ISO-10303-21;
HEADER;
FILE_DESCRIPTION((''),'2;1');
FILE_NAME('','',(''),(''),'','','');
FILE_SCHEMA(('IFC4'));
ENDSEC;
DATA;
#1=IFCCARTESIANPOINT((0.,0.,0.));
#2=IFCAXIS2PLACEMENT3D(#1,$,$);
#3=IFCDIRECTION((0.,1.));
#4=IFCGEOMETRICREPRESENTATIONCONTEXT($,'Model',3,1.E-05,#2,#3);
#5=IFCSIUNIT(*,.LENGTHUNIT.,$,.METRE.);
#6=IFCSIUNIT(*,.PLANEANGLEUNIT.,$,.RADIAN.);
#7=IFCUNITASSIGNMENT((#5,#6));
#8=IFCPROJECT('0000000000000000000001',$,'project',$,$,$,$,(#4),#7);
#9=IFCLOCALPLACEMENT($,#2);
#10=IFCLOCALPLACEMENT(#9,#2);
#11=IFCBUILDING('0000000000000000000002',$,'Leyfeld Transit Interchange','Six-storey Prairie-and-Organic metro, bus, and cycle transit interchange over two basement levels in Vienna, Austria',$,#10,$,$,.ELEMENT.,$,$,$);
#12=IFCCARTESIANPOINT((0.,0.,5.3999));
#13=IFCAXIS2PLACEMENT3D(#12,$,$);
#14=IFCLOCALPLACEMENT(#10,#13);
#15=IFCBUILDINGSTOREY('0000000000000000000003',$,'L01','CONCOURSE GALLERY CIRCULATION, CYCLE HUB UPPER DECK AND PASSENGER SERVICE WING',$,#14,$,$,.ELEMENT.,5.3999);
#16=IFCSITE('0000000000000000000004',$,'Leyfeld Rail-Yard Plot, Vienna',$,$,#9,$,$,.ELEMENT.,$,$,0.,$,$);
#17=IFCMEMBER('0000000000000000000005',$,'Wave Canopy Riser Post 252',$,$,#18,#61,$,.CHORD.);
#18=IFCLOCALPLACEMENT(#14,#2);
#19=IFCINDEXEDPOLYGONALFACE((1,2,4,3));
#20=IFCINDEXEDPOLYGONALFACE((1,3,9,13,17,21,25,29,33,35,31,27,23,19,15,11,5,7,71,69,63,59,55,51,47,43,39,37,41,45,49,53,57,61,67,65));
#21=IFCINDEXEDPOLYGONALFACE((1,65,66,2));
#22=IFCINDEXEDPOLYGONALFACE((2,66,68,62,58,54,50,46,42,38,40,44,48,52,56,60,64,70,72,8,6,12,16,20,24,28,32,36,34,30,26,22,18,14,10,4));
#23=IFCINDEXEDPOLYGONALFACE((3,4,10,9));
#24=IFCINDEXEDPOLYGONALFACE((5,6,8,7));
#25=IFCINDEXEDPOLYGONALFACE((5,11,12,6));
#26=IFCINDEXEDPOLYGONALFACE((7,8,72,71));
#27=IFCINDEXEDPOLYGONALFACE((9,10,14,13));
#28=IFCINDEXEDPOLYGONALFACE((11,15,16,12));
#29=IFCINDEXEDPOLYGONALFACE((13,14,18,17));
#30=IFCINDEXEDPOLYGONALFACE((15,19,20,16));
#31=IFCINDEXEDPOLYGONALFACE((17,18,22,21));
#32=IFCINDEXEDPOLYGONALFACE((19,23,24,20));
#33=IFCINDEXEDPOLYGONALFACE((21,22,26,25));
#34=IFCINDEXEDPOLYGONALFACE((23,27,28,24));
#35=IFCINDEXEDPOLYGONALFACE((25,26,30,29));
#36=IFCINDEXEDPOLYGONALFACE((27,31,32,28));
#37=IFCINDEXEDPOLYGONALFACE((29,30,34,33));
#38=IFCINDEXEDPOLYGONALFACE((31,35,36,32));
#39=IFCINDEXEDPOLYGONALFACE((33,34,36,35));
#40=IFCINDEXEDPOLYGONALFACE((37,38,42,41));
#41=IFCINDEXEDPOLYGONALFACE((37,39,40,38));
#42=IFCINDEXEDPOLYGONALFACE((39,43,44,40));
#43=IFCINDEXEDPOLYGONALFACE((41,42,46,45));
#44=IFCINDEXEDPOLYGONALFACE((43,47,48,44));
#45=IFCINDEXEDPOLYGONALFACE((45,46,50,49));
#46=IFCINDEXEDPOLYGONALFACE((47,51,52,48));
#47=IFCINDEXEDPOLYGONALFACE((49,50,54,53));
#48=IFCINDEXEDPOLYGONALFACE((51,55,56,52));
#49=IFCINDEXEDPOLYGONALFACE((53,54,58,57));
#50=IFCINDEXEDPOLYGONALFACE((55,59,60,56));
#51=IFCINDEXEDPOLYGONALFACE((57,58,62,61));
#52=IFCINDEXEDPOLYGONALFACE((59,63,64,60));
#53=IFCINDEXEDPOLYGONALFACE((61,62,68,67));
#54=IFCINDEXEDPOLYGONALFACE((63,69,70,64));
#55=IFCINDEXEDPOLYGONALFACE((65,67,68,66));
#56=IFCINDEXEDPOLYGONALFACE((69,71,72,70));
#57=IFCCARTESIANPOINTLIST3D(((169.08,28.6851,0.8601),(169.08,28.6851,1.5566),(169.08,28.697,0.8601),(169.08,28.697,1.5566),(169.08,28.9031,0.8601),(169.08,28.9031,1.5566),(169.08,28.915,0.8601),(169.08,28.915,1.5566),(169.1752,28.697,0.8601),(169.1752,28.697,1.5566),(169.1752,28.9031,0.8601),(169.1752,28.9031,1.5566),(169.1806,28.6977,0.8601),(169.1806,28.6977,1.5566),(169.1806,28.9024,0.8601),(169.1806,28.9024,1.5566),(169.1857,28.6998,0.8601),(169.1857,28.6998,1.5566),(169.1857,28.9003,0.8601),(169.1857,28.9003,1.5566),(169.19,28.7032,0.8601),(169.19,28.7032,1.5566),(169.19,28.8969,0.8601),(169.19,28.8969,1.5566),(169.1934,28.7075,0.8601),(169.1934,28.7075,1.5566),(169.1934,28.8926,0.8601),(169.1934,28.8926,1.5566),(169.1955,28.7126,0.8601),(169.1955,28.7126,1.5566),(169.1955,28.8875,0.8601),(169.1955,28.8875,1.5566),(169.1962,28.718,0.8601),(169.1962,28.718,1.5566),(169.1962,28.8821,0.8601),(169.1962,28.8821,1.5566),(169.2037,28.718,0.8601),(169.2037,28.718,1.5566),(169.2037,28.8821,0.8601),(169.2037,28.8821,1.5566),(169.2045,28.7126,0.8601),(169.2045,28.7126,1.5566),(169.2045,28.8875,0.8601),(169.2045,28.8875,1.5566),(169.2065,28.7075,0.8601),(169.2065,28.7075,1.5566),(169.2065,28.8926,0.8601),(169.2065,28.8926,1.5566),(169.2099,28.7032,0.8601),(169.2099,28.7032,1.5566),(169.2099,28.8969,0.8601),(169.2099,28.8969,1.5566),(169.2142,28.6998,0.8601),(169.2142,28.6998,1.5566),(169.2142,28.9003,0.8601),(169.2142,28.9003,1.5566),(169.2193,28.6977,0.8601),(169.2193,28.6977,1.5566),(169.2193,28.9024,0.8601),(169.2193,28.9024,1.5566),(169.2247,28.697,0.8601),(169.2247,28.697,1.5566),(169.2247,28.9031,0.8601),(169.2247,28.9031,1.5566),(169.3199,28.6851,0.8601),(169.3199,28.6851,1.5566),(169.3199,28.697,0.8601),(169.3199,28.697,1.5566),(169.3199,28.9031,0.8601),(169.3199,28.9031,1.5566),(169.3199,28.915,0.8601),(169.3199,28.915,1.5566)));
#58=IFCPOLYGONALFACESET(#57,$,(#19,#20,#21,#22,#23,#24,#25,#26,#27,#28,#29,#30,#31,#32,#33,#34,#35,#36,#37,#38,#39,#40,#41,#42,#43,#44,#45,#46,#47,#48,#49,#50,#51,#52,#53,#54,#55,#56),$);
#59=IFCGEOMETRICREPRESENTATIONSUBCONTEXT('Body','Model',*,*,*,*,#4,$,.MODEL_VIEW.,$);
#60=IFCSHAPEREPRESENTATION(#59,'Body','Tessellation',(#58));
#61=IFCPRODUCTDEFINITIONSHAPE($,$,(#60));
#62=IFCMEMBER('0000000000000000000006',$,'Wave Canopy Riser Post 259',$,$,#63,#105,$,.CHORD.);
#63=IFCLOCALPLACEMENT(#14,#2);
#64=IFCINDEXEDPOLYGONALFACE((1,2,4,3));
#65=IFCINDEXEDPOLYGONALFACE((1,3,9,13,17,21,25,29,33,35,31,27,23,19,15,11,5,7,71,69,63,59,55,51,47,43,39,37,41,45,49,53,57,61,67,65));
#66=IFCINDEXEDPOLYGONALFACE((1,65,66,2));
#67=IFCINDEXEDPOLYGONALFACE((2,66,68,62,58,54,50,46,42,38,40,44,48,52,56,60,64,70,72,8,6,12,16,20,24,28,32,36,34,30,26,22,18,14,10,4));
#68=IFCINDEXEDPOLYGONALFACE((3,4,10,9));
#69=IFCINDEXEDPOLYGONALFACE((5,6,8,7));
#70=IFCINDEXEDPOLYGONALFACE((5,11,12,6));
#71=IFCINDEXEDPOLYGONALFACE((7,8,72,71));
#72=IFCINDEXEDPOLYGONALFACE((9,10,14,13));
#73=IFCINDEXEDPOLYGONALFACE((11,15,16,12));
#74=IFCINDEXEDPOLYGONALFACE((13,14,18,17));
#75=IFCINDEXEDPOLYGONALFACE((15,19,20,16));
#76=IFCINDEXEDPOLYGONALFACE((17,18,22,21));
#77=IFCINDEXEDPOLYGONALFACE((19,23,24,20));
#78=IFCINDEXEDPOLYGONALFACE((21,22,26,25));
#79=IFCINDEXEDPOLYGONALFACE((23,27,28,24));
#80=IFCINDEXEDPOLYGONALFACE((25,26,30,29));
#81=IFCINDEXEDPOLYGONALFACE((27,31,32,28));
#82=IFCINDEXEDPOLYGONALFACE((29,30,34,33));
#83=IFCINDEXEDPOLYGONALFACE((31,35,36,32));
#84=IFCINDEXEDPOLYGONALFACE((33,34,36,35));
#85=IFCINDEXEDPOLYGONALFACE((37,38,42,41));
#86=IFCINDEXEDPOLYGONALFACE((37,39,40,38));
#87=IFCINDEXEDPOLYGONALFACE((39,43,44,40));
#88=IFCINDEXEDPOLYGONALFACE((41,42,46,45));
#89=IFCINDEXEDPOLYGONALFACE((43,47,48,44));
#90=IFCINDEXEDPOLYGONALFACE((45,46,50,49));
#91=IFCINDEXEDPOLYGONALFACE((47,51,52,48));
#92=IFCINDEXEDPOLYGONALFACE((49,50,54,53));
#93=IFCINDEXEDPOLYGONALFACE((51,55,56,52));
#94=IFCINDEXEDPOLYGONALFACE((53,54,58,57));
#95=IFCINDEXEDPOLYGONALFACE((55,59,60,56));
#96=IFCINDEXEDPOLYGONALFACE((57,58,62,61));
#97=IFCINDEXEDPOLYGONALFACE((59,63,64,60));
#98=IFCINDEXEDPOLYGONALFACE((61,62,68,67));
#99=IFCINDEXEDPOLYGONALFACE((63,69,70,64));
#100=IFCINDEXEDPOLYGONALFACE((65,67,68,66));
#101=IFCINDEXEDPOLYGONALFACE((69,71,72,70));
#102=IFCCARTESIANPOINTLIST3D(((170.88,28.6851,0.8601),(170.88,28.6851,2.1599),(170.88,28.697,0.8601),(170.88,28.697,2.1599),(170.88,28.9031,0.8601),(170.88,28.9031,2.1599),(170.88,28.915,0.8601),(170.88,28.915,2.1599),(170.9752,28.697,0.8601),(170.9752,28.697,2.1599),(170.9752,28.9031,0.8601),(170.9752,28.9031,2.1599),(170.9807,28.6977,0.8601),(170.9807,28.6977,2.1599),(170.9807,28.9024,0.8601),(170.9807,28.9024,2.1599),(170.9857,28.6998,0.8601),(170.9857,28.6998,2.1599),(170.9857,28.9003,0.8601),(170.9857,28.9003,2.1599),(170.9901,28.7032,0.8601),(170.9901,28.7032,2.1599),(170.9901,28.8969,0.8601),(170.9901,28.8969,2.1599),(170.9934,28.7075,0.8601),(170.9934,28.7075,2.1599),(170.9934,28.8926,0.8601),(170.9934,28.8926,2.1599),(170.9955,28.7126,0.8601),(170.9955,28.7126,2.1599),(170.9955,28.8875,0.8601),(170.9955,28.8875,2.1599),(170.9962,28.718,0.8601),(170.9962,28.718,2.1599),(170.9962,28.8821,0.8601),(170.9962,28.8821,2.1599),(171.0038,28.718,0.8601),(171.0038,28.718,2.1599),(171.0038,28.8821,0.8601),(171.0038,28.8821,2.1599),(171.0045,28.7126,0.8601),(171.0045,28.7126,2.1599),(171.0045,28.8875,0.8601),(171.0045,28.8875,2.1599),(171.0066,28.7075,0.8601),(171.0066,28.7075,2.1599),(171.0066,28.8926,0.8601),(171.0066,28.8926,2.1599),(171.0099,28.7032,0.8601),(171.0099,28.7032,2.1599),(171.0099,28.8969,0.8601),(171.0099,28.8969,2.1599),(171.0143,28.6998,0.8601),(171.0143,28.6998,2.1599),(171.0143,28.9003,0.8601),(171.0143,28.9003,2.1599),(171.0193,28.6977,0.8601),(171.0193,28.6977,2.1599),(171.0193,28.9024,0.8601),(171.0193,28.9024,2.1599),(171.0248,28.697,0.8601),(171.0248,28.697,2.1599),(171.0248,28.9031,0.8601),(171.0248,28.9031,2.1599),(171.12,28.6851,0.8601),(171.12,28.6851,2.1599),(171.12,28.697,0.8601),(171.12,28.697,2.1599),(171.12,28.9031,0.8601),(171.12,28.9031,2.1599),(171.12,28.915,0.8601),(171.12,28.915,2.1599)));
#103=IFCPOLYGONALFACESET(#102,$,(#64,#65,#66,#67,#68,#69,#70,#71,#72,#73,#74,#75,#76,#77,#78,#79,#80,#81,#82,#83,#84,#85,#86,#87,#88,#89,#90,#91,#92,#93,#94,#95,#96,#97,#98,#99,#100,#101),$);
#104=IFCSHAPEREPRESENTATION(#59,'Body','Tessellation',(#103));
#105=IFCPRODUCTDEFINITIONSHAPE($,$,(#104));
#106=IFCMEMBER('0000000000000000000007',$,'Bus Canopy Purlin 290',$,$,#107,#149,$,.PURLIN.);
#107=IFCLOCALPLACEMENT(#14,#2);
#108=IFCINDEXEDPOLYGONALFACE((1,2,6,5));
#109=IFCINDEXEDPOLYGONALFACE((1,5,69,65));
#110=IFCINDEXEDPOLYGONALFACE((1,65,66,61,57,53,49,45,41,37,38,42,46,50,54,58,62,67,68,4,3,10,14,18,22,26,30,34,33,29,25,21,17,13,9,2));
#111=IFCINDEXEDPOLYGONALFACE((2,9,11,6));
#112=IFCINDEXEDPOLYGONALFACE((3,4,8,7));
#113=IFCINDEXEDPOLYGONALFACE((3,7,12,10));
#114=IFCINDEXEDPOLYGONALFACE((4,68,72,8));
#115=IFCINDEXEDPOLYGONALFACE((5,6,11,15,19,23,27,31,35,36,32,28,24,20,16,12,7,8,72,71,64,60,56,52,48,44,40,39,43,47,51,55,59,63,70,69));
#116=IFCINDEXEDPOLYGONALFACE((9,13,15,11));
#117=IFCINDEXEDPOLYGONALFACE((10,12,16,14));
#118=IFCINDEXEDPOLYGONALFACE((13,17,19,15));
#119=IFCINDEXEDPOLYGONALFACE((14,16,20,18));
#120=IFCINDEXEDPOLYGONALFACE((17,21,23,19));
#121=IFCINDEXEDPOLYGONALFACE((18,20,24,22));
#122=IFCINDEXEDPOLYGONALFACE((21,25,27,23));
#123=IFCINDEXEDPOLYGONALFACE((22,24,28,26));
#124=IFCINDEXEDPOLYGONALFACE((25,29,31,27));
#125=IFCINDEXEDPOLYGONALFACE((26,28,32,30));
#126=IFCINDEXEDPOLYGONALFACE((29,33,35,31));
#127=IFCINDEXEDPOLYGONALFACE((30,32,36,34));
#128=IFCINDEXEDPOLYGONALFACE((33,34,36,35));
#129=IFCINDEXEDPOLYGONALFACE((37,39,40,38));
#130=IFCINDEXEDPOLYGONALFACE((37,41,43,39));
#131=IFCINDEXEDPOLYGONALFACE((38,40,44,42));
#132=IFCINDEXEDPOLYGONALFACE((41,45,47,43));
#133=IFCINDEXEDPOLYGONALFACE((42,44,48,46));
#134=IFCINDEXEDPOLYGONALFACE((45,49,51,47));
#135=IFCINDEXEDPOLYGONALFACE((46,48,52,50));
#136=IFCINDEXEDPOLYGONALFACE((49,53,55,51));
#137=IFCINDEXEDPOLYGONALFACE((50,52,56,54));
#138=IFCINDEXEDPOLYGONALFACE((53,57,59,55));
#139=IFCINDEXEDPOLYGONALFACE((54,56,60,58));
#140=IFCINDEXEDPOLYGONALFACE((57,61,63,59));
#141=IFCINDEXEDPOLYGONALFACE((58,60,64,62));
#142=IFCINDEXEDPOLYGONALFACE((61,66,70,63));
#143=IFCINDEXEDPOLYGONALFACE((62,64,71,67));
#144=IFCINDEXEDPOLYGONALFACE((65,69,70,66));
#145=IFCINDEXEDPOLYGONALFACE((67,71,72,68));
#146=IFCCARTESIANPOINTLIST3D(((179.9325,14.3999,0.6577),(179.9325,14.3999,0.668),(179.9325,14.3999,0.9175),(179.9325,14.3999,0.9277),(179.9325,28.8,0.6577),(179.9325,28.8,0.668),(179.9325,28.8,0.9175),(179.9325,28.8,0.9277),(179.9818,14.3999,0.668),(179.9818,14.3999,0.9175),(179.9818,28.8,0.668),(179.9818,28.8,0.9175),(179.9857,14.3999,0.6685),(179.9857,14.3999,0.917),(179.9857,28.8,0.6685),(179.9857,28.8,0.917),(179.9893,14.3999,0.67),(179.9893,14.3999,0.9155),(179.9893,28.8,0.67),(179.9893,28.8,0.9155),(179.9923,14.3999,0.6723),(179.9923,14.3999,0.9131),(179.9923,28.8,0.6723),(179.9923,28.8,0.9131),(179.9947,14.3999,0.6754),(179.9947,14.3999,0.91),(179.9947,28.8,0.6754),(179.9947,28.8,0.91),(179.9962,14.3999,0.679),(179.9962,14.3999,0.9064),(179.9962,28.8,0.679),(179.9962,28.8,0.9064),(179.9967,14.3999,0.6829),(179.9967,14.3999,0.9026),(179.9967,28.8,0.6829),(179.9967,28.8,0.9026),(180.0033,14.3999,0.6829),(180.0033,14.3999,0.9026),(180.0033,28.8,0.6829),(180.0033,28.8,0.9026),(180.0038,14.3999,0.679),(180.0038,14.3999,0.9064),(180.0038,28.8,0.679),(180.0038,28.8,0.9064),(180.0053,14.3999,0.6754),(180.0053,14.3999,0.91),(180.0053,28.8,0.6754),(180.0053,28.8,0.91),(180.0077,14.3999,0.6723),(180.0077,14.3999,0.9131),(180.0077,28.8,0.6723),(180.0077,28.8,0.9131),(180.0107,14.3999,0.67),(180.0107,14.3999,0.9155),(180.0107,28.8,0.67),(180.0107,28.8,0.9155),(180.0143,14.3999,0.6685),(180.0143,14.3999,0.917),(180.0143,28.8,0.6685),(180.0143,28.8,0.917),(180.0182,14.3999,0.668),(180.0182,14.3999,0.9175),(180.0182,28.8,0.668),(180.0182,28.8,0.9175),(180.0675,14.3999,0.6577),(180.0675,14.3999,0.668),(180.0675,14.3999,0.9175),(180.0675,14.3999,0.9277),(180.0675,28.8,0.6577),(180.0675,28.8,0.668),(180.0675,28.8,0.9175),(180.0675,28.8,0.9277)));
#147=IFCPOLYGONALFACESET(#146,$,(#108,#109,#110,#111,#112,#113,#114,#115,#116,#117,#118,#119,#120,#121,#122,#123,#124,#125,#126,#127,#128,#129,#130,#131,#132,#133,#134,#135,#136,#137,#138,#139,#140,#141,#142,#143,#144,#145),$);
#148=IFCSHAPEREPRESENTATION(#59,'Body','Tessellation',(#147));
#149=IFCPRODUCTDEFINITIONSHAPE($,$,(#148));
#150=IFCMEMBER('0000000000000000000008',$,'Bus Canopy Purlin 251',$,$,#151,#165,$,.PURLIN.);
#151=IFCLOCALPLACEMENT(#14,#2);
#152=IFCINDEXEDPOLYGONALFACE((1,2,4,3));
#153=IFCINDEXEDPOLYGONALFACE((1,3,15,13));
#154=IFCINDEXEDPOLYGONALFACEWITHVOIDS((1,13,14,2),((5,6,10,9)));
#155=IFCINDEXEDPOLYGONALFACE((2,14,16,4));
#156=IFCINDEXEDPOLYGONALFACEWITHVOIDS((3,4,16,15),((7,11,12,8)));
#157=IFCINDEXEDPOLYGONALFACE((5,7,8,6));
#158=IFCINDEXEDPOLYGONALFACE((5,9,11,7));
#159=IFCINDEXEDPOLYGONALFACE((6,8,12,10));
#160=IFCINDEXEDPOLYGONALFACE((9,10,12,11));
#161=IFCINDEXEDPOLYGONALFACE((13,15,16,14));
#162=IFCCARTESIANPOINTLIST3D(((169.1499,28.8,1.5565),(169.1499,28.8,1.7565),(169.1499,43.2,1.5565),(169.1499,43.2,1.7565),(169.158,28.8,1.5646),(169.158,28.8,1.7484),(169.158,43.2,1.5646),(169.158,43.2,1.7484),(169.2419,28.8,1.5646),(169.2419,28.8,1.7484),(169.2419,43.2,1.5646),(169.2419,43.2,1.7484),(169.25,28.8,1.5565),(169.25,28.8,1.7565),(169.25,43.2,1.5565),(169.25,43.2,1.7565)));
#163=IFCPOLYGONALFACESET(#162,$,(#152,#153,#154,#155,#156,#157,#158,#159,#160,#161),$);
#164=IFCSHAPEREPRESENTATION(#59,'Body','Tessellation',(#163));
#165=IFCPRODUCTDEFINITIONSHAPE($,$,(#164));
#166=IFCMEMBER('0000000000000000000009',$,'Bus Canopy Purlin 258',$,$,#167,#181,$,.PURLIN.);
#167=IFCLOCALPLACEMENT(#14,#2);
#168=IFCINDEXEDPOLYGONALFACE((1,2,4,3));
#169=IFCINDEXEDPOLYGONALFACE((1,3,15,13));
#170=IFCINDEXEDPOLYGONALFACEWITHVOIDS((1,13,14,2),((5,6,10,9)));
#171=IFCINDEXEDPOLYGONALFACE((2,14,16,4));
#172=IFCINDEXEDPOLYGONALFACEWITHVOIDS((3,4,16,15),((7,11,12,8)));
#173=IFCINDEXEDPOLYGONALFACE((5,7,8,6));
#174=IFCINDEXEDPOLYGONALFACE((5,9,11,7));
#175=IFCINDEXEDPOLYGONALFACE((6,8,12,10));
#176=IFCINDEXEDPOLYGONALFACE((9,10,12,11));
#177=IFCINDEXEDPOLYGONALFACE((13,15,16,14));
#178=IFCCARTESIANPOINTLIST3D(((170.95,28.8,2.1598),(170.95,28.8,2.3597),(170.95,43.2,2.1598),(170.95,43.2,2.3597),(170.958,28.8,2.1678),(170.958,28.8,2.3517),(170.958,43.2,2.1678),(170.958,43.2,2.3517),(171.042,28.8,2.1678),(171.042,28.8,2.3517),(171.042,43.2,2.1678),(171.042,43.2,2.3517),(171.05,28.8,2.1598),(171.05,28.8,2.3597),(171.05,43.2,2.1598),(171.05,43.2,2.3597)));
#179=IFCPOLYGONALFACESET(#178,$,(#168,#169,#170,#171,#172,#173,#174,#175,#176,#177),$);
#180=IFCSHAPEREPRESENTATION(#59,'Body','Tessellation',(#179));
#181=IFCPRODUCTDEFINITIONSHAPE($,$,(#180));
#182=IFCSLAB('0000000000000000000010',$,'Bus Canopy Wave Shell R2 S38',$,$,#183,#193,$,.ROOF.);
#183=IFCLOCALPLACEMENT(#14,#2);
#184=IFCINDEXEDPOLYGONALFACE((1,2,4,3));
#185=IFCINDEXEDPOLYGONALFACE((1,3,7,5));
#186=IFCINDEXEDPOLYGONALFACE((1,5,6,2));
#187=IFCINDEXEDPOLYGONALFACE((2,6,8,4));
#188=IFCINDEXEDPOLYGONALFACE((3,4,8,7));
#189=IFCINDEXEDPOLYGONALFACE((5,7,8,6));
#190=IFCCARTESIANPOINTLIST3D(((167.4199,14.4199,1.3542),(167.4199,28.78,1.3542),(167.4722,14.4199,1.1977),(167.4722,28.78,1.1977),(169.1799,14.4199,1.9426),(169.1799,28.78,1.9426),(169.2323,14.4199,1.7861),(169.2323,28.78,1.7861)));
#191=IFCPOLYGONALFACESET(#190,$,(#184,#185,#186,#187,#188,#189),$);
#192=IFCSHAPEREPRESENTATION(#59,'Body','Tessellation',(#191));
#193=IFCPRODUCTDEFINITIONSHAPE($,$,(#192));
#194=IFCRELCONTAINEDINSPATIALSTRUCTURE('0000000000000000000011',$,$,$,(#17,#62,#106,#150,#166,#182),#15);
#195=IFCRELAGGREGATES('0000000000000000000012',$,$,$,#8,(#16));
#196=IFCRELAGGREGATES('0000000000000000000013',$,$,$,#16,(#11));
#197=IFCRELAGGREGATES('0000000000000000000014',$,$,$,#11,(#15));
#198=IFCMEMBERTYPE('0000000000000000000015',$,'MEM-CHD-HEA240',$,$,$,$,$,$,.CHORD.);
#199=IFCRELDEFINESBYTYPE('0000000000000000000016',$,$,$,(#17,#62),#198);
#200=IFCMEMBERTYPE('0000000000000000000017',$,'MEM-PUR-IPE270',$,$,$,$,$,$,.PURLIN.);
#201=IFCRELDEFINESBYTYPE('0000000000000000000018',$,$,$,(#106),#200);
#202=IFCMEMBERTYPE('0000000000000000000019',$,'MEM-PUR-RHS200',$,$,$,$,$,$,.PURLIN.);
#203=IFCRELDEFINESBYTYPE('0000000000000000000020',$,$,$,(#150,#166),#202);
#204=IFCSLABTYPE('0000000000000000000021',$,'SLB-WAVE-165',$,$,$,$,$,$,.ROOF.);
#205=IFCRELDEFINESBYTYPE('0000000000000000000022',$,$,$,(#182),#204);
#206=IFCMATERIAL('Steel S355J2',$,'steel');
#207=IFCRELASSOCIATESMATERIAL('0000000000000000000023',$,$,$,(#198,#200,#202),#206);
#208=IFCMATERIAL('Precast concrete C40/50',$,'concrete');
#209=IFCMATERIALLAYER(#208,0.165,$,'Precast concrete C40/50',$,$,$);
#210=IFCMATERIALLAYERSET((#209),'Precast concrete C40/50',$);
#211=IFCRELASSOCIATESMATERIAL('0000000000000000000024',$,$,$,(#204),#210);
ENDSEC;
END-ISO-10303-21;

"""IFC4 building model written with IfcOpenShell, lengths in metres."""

from ifc_helpers import new_model, si_unit, direction, frame, origin, origin_2d, place, context, subcontext, project, spatial, polyline, hollow_rectangle, i_section, outline, extrude, material, layer, layer_set, material_profile, profile_set, type_object, element, save


model = new_model("IFC4")

# Units and contexts
model_context = context("Model", 3, precision=1e-05, world=origin(), true_north=direction((0.0, 1.0)))
body_context = subcontext(model_context, "Body", "Model", "MODEL_VIEW")
ifc_project = project(units=[si_unit("LENGTHUNIT", "METRE"), si_unit("PLANEANGLEUNIT", "RADIAN")], contexts=[model_context])

# Site, building, storey
site_placement = place(None, origin())
site = spatial("IfcSite", under=ifc_project, at=site_placement, Name="Leyfeld Rail-Yard Plot, Vienna", CompositionType="ELEMENT", RefElevation=0.0)
building_placement = place(site_placement, origin())
building = spatial("IfcBuilding", under=site, at=building_placement, Name="Leyfeld Transit Interchange", Description="Six-storey Prairie-and-Organic metro, bus, and cycle transit interchange over two basement levels in Vienna, Austria", CompositionType="ELEMENT")
storey_placement = place(building_placement, frame((0.0, 0.0, 5.3999)))
storey = spatial("IfcBuildingStorey", under=building, at=storey_placement, Name="L01", Description="CONCOURSE GALLERY CIRCULATION, CYCLE HUB UPPER DECK AND PASSENGER SERVICE WING", CompositionType="ELEMENT", Elevation=5.3999)

# Members
ifc_material_1 = material(Name="Steel S355J2", Category="steel")
ifc_material_profile_1 = material_profile(ifc_material_1, i_section(OverallWidth=0.24, OverallDepth=0.23, WebThickness=0.0076, FlangeThickness=0.012, FilletRadius=0.021, at=origin_2d()), Name="HEA 240")
ifc_profile_set_1 = profile_set([ifc_material_profile_1], Name="Steel S355J2")
member_type_1 = type_object("IfcMemberType", Name="MEM-CHD-HEA240", PredefinedType="CHORD", material=ifc_profile_set_1)
member_1_placement = place(storey_placement, frame((169.2, 28.8, 0.8601), z_axis=(0.0, 0.0, 1.0), x_axis=(1.0, 0.0, 0.0)))
element("IfcMember", 1, at=member_1_placement, inside=storey, type_object=member_type_1, Name="Wave Canopy Riser Post 252", PredefinedType="CHORD", context=body_context, shape_type="SweptSolid", body=[
    extrude(i_section(OverallWidth=0.24, OverallDepth=0.23, WebThickness=0.0076, FlangeThickness=0.012, FilletRadius=0.021, at=origin_2d()), origin(), (0.0, 0.0, 1.0), 0.6965),
])
member_2_placement = place(storey_placement, frame((171.0, 28.8, 0.8601), z_axis=(0.0, 0.0, 1.0), x_axis=(1.0, 0.0, 0.0)))
element("IfcMember", 2, at=member_2_placement, inside=storey, type_object=member_type_1, Name="Wave Canopy Riser Post 259", PredefinedType="CHORD", context=body_context, shape_type="SweptSolid", body=[
    extrude(i_section(OverallWidth=0.24, OverallDepth=0.23, WebThickness=0.0076, FlangeThickness=0.012, FilletRadius=0.021, at=origin_2d()), origin(), (0.0, 0.0, 1.0), 1.2998),
])
ifc_material_profile_2 = material_profile(ifc_material_1, i_section(OverallWidth=0.135, OverallDepth=0.27, WebThickness=0.0066, FlangeThickness=0.0103, FilletRadius=0.0149, at=origin_2d()), Name="IPE 270")
ifc_profile_set_2 = profile_set([ifc_material_profile_2], Name="Steel S355J2")
member_type_2 = type_object("IfcMemberType", Name="MEM-PUR-IPE270", PredefinedType="PURLIN", material=ifc_profile_set_2)
member_3_placement = place(storey_placement, frame((180.0, 14.3999, 0.7927), z_axis=(0.0, 1.0, 0.0), x_axis=(-1.0, 0.0, 0.0)))
element("IfcMember", 3, at=member_3_placement, inside=storey, type_object=member_type_2, Name="Bus Canopy Purlin 290", PredefinedType="PURLIN", context=body_context, shape_type="SweptSolid", body=[
    extrude(i_section(OverallWidth=0.135, OverallDepth=0.27, WebThickness=0.0066, FlangeThickness=0.0103, FilletRadius=0.0149, at=origin_2d()), origin(), (0.0, 0.0, 1.0), 14.4001),
])
ifc_material_profile_3 = material_profile(ifc_material_1, hollow_rectangle(XDim=0.1001, YDim=0.2, WallThickness=0.0081, at=origin_2d()), Name="RHS 200x100x8")
ifc_profile_set_3 = profile_set([ifc_material_profile_3], Name="Steel S355J2")
member_type_3 = type_object("IfcMemberType", Name="MEM-PUR-RHS200", PredefinedType="PURLIN", material=ifc_profile_set_3)
for number, where, z_axis, x_axis, name in (
    (4, (169.2, 28.8, 1.6565), (0.0, 1.0, 0.0), (-1.0, 0.0, 0.0), "Bus Canopy Purlin 251"),
    (5, (171.0, 28.8, 2.2598), (0.0, 1.0, 0.0), (-1.0, 0.0, 0.0), "Bus Canopy Purlin 258"),
):
    element("IfcMember", number, at=place(storey_placement, frame(where, z_axis=z_axis, x_axis=x_axis)), inside=storey, type_object=member_type_3, Name=name, PredefinedType="PURLIN", context=body_context, shape_type="SweptSolid", body=[
        extrude(hollow_rectangle(XDim=0.1001, YDim=0.2, WallThickness=0.0081, at=origin_2d()), origin(), (0.0, 0.0, 1.0), 14.3999),
    ])

# Slab
ifc_material_2 = material(Name="Precast concrete C40/50", Category="concrete")
ifc_layer = layer(ifc_material_2, 0.165, Name="Precast concrete C40/50")
ifc_layer_set = layer_set([ifc_layer], Name="Precast concrete C40/50")
slab_type = type_object("IfcSlabType", Name="SLB-WAVE-165", PredefinedType="ROOF", material=ifc_layer_set)
slab_1_placement = place(storey_placement, frame((167.4199, 14.4199, 1.3542), z_axis=(-0.317056, 0.0, 0.948407), x_axis=(0.948407, 0.0, 0.317056)))
element("IfcSlab", 6, at=slab_1_placement, inside=storey, type_object=slab_type, Name="Bus Canopy Wave Shell R2 S38", PredefinedType="ROOF", context=body_context, shape_type="SweptSolid", body=[
    extrude(outline(polyline([(0.0, 0.0), (1.8558, 0.0), (1.8558, 14.3601), (0.0, 14.3601), (0.0, 0.0)])), origin(), (0.0, 0.0, -1.0), 0.165),
])

save(model, "model.ifc")
